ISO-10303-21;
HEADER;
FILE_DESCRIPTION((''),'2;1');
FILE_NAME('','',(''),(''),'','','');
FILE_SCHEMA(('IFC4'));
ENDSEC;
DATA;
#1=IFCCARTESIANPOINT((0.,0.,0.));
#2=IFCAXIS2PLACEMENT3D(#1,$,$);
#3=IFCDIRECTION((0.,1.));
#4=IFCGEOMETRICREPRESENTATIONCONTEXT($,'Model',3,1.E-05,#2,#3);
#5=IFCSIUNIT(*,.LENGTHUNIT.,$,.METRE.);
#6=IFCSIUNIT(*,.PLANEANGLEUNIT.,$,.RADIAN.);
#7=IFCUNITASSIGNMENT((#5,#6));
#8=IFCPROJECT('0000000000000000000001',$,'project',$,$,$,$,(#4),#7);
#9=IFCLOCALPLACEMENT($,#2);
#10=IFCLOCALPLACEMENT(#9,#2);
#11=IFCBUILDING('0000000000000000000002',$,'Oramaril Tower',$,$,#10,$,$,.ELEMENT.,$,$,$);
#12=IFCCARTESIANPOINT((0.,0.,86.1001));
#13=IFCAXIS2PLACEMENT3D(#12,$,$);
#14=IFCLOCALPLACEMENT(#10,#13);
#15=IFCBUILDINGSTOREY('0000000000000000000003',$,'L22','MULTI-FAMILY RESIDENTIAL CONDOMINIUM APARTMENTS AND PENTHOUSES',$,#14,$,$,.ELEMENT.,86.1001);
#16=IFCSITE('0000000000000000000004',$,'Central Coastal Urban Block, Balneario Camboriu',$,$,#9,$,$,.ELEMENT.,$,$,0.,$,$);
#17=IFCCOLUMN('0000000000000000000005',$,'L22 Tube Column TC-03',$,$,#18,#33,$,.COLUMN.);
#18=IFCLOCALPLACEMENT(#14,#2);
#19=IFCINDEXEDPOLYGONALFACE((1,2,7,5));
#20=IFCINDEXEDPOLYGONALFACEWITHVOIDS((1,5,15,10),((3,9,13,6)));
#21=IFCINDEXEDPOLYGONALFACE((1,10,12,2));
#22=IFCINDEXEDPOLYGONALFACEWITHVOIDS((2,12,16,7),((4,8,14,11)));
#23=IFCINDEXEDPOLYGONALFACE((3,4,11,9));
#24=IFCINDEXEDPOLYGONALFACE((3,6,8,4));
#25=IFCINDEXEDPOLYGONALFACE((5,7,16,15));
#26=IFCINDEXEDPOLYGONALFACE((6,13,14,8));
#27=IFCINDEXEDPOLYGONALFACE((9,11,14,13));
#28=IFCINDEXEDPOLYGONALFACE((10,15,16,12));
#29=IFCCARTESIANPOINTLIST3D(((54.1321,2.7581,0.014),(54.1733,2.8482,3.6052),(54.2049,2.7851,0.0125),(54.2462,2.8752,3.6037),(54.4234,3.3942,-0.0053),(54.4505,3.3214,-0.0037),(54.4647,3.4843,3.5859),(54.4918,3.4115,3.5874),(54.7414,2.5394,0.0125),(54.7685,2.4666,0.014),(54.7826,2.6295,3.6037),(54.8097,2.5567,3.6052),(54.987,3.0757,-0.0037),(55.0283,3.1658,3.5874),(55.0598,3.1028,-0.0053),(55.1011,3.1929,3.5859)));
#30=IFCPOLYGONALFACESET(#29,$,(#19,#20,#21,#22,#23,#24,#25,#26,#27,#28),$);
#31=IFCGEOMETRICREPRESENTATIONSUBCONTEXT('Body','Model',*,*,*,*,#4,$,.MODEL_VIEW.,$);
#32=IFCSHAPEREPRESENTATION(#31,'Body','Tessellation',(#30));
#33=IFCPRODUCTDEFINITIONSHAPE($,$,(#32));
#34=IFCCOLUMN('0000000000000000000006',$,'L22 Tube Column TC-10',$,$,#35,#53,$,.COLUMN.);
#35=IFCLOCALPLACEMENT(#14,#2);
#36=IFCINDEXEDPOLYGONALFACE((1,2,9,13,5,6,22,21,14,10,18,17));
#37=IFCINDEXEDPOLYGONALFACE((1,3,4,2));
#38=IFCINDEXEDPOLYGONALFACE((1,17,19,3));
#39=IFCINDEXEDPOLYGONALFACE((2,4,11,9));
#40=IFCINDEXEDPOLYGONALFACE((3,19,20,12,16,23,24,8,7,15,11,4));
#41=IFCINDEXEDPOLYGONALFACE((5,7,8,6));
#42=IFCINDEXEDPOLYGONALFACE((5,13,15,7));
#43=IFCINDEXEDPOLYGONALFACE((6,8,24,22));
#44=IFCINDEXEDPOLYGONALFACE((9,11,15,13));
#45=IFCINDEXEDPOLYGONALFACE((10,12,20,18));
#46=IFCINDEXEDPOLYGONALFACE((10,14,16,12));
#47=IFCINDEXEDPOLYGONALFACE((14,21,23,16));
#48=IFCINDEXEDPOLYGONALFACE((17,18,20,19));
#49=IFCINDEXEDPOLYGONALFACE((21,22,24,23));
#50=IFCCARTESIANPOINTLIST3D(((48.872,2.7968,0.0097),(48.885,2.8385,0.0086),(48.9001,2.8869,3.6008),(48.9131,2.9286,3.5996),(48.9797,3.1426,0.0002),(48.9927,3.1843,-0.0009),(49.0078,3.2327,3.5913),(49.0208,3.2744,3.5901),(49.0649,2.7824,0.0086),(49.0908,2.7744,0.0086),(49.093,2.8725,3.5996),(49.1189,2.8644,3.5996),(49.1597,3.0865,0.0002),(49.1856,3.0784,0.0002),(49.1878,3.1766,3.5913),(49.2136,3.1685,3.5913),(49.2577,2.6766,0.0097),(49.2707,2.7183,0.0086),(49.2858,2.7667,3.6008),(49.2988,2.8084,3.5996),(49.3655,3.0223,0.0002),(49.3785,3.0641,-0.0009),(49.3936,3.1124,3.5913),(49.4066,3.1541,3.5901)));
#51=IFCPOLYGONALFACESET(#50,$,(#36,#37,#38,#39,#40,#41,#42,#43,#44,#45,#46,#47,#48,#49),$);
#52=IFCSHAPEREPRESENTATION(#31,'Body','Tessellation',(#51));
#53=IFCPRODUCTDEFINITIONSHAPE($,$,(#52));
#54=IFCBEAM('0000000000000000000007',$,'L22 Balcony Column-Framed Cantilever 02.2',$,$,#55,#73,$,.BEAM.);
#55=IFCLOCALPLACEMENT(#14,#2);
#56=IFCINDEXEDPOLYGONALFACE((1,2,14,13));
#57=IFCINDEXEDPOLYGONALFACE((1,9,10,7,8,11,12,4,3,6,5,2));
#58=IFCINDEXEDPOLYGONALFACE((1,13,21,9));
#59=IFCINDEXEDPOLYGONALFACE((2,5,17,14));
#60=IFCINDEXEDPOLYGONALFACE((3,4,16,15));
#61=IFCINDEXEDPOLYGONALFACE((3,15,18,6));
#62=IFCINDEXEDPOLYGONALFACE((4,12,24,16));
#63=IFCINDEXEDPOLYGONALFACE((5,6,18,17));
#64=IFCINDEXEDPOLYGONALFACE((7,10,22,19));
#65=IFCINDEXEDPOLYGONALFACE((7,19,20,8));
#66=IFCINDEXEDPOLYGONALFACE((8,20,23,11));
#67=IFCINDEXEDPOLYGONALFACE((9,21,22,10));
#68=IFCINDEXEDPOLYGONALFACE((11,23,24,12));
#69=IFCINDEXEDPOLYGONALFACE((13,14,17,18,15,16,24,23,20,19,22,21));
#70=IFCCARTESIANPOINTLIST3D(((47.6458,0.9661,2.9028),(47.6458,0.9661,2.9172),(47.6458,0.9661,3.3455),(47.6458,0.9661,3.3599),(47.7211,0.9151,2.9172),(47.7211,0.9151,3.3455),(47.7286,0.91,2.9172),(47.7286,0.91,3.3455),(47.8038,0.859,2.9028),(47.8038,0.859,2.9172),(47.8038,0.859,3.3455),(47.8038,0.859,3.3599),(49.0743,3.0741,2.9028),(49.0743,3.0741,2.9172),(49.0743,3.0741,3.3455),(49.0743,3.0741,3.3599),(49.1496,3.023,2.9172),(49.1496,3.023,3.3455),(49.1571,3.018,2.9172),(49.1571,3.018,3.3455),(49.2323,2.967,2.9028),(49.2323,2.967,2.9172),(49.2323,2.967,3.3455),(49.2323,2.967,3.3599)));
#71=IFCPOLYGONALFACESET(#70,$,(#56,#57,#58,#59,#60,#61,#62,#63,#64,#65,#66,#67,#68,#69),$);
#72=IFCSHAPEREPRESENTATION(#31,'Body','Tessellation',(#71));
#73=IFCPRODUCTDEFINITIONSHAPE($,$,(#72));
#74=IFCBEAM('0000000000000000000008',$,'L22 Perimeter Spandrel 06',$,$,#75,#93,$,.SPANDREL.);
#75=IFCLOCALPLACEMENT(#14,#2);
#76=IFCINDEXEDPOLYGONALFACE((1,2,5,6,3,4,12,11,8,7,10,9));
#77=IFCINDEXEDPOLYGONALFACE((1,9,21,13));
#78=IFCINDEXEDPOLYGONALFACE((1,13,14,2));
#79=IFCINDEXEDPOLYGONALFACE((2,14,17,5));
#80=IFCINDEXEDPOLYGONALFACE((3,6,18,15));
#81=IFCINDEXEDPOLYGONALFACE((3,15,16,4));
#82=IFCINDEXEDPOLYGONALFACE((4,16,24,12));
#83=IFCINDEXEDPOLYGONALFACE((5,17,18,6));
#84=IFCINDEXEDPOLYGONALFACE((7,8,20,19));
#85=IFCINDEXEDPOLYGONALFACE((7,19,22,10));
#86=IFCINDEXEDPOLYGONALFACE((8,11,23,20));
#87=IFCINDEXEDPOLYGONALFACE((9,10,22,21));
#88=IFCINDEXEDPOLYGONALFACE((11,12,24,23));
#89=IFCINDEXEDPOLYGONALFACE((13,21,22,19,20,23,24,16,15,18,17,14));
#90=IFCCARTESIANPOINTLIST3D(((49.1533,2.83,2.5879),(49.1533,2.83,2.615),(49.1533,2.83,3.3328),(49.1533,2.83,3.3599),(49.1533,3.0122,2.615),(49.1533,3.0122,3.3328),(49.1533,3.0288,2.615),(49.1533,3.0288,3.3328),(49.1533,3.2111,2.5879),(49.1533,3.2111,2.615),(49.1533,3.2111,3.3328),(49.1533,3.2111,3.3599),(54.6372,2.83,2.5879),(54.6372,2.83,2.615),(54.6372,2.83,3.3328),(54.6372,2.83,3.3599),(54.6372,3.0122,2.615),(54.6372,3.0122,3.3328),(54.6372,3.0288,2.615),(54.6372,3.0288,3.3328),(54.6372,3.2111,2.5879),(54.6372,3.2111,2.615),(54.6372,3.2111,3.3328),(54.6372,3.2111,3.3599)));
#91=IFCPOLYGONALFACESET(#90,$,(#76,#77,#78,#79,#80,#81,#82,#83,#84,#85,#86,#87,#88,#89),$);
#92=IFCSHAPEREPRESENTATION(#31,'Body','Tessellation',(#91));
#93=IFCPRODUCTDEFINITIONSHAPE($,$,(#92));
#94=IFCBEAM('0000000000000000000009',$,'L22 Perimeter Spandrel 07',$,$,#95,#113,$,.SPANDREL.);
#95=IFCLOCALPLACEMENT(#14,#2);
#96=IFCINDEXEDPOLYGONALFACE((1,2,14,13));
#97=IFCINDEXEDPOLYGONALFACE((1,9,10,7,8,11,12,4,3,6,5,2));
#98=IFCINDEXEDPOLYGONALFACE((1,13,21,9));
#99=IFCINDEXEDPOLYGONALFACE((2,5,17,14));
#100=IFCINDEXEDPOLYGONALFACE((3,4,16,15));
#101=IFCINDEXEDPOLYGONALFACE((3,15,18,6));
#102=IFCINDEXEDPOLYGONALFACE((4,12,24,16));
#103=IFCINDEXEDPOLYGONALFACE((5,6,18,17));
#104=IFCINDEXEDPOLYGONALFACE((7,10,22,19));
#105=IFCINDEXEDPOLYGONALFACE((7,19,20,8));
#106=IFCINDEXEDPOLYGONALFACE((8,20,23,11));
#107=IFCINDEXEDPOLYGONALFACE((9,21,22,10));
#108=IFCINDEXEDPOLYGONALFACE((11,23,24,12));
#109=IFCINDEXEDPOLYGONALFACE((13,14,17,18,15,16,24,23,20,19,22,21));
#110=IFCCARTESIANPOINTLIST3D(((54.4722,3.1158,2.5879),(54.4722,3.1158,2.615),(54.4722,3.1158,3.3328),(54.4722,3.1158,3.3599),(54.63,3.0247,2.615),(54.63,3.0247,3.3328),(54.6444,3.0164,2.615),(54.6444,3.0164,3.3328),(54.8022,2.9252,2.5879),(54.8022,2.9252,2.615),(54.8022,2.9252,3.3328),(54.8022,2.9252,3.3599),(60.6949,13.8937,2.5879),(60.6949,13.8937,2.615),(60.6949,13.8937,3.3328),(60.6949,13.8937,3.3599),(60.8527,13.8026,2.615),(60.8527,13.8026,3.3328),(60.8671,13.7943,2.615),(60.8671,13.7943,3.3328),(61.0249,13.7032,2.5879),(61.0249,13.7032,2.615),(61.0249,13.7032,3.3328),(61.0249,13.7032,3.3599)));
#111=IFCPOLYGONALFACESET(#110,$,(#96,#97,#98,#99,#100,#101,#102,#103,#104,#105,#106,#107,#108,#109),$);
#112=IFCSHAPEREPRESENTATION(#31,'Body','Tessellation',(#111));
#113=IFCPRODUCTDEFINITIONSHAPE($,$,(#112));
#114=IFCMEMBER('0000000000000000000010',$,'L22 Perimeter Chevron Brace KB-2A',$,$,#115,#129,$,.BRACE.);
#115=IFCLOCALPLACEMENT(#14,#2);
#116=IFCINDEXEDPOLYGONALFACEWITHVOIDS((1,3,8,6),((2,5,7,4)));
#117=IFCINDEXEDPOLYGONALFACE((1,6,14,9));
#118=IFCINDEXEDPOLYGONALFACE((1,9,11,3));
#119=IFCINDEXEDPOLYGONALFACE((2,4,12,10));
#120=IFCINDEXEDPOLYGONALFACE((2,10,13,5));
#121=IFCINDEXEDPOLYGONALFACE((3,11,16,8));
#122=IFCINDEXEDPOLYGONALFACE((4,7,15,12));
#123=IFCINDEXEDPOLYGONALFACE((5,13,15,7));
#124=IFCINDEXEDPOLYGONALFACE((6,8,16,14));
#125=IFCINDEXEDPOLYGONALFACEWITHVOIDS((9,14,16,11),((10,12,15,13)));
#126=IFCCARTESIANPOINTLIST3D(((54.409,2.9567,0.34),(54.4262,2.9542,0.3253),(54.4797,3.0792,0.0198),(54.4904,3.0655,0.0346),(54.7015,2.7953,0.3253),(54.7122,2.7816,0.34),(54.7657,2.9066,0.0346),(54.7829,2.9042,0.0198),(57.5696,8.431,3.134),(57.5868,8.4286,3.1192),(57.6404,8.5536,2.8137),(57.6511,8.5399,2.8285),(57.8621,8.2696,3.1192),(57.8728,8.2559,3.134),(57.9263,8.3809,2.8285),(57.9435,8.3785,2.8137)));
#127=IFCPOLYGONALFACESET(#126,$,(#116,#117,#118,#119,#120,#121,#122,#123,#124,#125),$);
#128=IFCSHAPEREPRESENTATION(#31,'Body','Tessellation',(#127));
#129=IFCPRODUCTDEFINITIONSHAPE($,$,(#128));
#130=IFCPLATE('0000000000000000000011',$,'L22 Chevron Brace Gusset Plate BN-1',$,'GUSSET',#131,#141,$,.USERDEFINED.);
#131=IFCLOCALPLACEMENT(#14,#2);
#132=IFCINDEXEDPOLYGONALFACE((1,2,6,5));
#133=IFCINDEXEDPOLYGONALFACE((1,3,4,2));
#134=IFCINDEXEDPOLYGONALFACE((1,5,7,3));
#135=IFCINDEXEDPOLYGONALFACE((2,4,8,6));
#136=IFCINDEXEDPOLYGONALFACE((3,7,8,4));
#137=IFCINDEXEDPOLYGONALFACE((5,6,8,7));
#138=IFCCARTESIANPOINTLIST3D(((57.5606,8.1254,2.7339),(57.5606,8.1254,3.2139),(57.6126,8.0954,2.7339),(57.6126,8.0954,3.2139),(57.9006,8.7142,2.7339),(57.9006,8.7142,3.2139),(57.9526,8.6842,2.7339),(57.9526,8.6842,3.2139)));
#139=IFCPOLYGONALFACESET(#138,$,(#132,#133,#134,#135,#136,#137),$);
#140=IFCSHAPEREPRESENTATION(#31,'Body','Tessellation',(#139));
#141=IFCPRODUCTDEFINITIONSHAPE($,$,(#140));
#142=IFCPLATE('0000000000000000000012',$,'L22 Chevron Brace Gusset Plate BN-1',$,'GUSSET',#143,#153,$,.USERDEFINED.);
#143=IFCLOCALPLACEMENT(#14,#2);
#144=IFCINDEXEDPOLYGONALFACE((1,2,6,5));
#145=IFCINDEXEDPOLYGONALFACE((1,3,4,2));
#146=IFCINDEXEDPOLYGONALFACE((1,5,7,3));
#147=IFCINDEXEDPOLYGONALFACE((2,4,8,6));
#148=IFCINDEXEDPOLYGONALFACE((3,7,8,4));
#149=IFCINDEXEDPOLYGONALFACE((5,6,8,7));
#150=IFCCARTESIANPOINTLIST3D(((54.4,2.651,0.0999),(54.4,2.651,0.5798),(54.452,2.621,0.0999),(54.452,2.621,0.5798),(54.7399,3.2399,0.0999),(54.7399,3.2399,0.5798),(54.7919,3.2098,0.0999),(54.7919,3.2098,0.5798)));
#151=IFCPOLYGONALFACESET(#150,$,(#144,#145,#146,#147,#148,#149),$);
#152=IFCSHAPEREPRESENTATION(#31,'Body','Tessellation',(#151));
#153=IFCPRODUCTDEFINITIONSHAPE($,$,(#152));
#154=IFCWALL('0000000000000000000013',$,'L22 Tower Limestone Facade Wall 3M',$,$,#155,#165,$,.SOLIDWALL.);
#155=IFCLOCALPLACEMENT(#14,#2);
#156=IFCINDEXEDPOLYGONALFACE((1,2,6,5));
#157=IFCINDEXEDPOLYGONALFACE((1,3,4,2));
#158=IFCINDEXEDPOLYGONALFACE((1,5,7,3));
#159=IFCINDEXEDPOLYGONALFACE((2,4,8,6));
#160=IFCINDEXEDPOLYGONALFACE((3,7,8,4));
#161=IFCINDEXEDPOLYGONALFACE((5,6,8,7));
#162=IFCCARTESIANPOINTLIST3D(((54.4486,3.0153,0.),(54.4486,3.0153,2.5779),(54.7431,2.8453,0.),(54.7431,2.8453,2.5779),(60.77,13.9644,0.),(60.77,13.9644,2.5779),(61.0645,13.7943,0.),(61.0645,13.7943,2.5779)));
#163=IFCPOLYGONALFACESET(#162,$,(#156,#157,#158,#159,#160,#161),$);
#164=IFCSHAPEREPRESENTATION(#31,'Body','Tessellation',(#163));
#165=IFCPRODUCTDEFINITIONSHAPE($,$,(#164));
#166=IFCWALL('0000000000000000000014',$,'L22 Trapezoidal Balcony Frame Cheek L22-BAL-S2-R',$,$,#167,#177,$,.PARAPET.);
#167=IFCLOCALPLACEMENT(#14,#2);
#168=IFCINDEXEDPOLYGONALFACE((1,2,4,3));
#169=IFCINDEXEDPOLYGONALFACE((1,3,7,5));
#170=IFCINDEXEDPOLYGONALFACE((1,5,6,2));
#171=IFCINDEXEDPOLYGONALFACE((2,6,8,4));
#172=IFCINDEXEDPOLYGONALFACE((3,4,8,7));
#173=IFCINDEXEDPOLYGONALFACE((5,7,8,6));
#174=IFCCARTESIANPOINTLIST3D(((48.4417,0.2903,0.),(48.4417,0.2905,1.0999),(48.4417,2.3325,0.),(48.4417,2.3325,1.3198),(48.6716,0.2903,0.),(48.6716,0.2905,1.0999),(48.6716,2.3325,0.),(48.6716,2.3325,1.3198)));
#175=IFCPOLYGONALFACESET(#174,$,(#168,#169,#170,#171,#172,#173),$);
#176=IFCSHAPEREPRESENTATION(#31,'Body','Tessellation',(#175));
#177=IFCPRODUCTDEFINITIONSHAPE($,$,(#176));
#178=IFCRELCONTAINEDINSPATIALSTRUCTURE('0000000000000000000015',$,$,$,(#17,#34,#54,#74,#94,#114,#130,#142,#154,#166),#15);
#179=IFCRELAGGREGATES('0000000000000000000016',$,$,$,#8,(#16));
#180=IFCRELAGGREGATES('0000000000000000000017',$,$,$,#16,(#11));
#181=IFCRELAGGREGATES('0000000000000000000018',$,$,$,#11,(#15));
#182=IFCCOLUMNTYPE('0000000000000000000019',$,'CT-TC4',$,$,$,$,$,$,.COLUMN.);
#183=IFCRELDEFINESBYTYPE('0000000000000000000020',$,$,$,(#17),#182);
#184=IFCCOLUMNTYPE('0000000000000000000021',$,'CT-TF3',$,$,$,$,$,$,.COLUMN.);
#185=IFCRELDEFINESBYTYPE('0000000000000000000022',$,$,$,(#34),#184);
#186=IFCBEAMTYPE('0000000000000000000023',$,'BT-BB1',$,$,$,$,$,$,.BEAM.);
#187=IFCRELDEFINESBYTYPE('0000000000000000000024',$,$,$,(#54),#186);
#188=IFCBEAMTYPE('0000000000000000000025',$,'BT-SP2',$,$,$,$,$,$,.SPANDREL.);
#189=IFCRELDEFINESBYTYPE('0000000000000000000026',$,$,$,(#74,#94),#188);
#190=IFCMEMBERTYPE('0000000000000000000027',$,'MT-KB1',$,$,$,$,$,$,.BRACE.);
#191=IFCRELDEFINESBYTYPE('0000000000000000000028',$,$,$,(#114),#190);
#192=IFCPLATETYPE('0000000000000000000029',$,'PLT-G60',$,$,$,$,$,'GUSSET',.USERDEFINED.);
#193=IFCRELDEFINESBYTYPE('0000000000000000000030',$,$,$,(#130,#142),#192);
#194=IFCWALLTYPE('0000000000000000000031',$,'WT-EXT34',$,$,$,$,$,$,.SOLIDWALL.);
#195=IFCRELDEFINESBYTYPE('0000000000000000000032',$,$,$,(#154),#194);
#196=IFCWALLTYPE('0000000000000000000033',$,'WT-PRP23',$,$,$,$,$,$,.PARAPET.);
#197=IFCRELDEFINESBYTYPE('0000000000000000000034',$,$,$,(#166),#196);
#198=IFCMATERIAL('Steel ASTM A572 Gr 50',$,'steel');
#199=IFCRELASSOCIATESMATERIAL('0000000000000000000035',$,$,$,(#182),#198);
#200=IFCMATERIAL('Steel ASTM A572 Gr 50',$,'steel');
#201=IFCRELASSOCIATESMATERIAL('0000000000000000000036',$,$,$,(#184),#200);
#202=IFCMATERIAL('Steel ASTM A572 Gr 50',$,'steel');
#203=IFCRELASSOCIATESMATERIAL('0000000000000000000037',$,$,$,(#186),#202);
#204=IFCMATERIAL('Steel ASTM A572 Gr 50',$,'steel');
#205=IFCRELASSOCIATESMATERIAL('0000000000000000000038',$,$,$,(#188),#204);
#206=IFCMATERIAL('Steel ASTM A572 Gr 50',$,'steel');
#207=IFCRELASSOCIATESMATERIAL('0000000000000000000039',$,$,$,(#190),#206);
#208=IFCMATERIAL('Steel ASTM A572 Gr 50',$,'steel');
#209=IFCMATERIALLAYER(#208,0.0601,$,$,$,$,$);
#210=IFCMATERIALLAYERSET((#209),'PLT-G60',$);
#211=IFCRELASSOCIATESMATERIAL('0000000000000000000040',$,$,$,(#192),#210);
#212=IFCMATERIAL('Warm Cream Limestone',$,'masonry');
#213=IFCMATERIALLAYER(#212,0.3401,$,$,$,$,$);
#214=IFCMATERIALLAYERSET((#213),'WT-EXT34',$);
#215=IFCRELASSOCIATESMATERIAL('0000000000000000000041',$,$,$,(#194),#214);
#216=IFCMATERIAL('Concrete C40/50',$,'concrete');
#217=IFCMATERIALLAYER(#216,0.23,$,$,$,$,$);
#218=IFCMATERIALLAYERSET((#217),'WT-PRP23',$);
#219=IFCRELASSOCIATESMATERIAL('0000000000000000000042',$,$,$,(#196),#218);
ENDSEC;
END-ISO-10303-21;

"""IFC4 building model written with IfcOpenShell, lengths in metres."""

from ifc_helpers import new_model, si_unit, direction, frame, frame_2d, origin, origin_2d, place, context, subcontext, project, spatial, polyline, rectangle, hollow_rectangle, i_section, outline, extrude, material, layer, layer_set, material_profile, profile_set, type_object, element, save


model = new_model("IFC4")

# Units and contexts
model_context = context("Model", 3, precision=1e-05, world=origin(), true_north=direction((0.0, 1.0)))
body_context = subcontext(model_context, "Body", "Model", "MODEL_VIEW")
ifc_project = project(units=[si_unit("LENGTHUNIT", "METRE"), si_unit("PLANEANGLEUNIT", "RADIAN")], contexts=[model_context])

# Site, building, storey
site_placement = place(None, origin())
site = spatial("IfcSite", under=ifc_project, at=site_placement, Name="Central Coastal Urban Block, Balneario Camboriu", CompositionType="ELEMENT", RefElevation=0.0)
building_placement = place(site_placement, origin())
building = spatial("IfcBuilding", under=site, at=building_placement, Name="Oramaril Tower", CompositionType="ELEMENT")
storey_placement = place(building_placement, frame((0.0, 0.0, 86.1001)))
storey = spatial("IfcBuildingStorey", under=building, at=storey_placement, Name="L22", Description="MULTI-FAMILY RESIDENTIAL CONDOMINIUM APARTMENTS AND PENTHOUSES", CompositionType="ELEMENT", Elevation=86.1001)

# Columns
ifc_material_1 = material(Name="Steel ASTM A572 Gr 50", Category="steel")
ifc_material_profile_1 = material_profile(ifc_material_1, hollow_rectangle(XDim=0.7, YDim=0.7, WallThickness=0.0549, at=origin_2d()), Name="BOX700X700X55")
ifc_profile_set_1 = profile_set([ifc_material_profile_1], Name="Steel ASTM A572 Gr 50")
column_type_1 = type_object("IfcColumnType", Name="CT-TC4", PredefinedType="COLUMN", material=ifc_profile_set_1)
column_1_placement = place(storey_placement, frame((54.5959, 2.9304, 0.0044), z_axis=(0.011485, 0.025077, 0.99962), x_axis=(-0.909181, 0.4164, 0.0)))
element("IfcColumn", 1, at=column_1_placement, inside=storey, type_object=column_type_1, Name="L22 Tube Column TC-03", PredefinedType="COLUMN", context=body_context, shape_type="SweptSolid", body=[
    extrude(hollow_rectangle(XDim=0.7, YDim=0.7, WallThickness=0.0549, at=origin_2d()), origin(), (0.0, 0.0, 1.0), 3.5925),
])
ifc_material_2 = material(Name="Steel ASTM A572 Gr 50", Category="steel")
ifc_material_profile_2 = material_profile(ifc_material_2, i_section(OverallWidth=0.4041, OverallDepth=0.406, WebThickness=0.0271, FlangeThickness=0.0437, at=origin_2d()), Name="W14X233")
ifc_profile_set_2 = profile_set([ifc_material_profile_2], Name="Steel ASTM A572 Gr 50")
column_type_2 = type_object("IfcColumnType", Name="CT-TF3", PredefinedType="COLUMN", material=ifc_profile_set_2)
column_2_placement = place(storey_placement, frame((49.1252, 2.9304, 0.0044), z_axis=(0.007816, 0.025078, 0.999655), x_axis=(-0.95471, 0.297538, 0.0)))
element("IfcColumn", 2, at=column_2_placement, inside=storey, type_object=column_type_2, Name="L22 Tube Column TC-10", PredefinedType="COLUMN", context=body_context, shape_type="SweptSolid", body=[
    extrude(i_section(OverallWidth=0.4041, OverallDepth=0.406, WebThickness=0.0271, FlangeThickness=0.0437, at=origin_2d()), origin(), (0.0, 0.0, 1.0), 3.5923),
])

# Beams
ifc_material_3 = material(Name="Steel ASTM A572 Gr 50", Category="steel")
ifc_material_profile_3 = material_profile(ifc_material_3, i_section(OverallWidth=0.1909, OverallDepth=0.457, WebThickness=0.009, FlangeThickness=0.0144, at=origin_2d()), Name="W18X50")
ifc_profile_set_3 = profile_set([ifc_material_profile_3], Name="Steel ASTM A572 Gr 50")
beam_type_1 = type_object("IfcBeamType", Name="BT-BB1", PredefinedType="BEAM", material=ifc_profile_set_3)
beam_1_placement = place(storey_placement, frame((49.1533, 3.0205, 3.1313), z_axis=(-0.56099, -0.827822, 0.0), x_axis=(0.827822, -0.56099, 0.0)))
element("IfcBeam", 3, at=beam_1_placement, inside=storey, type_object=beam_type_1, Name="L22 Balcony Column-Framed Cantilever 02.2", PredefinedType="BEAM", context=body_context, shape_type="SweptSolid", body=[
    extrude(i_section(OverallWidth=0.1909, OverallDepth=0.457, WebThickness=0.009, FlangeThickness=0.0144, at=origin_2d()), origin(), (0.0, 0.0, 1.0), 2.5464),
])
ifc_material_4 = material(Name="Steel ASTM A572 Gr 50", Category="steel")
ifc_material_profile_4 = material_profile(ifc_material_4, i_section(OverallWidth=0.3811, OverallDepth=0.772, WebThickness=0.0166, FlangeThickness=0.0271, at=origin_2d()), Name="W30X173")
ifc_profile_set_4 = profile_set([ifc_material_profile_4], Name="Steel ASTM A572 Gr 50")
beam_type_2 = type_object("IfcBeamType", Name="BT-SP2", PredefinedType="SPANDREL", material=ifc_profile_set_4)
beam_2_placement = place(storey_placement, frame((49.1533, 3.0205, 2.9739), z_axis=(1.0, 0.0, 0.0), x_axis=(0.0, 1.0, 0.0)))
element("IfcBeam", 4, at=beam_2_placement, inside=storey, type_object=beam_type_2, Name="L22 Perimeter Spandrel 06", PredefinedType="SPANDREL", context=body_context, shape_type="SweptSolid", body=[
    extrude(i_section(OverallWidth=0.3811, OverallDepth=0.772, WebThickness=0.0166, FlangeThickness=0.0271, at=origin_2d()), origin(), (0.0, 0.0, 1.0), 5.4839),
])
beam_3_placement = place(storey_placement, frame((54.6372, 3.0205, 2.9739), z_axis=(0.500004, 0.866023, 0.0), x_axis=(-0.866023, 0.500004, 0.0)))
element("IfcBeam", 5, at=beam_3_placement, inside=storey, type_object=beam_type_2, Name="L22 Perimeter Spandrel 07", PredefinedType="SPANDREL", context=body_context, shape_type="SweptSolid", body=[
    extrude(i_section(OverallWidth=0.3811, OverallDepth=0.772, WebThickness=0.0166, FlangeThickness=0.0271, at=origin_2d()), origin(), (0.0, 0.0, 1.0), 12.4453),
])

# Member
ifc_material_5 = material(Name="Steel ASTM A572 Gr 50", Category="steel")
ifc_material_profile_5 = material_profile(ifc_material_5, hollow_rectangle(XDim=0.3501, YDim=0.3501, WallThickness=0.0161, at=origin_2d()), Name="HSS350X350X16")
ifc_profile_set_5 = profile_set([ifc_material_profile_5], Name="Steel ASTM A572 Gr 50")
member_type = type_object("IfcMemberType", Name="MT-KB1", PredefinedType="BRACE", material=ifc_profile_set_5)
member_placement = place(storey_placement, frame((54.5959, 2.9304, 0.1799), z_axis=(0.457323, 0.792102, 0.404264), x_axis=(-0.866024, 0.500002, 0.0)))
element("IfcMember", 6, at=member_placement, inside=storey, type_object=member_type, Name="L22 Perimeter Chevron Brace KB-2A", PredefinedType="BRACE", context=body_context, shape_type="SweptSolid", body=[
    extrude(hollow_rectangle(XDim=0.3501, YDim=0.3501, WallThickness=0.0161, at=origin_2d()), origin(), (0.0, 0.0, 1.0), 6.9111),
])

# Plates
ifc_material_6 = material(Name="Steel ASTM A572 Gr 50", Category="steel")
ifc_layer_1 = layer(ifc_material_6, 0.0601)
ifc_layer_set_1 = layer_set([ifc_layer_1], Name="PLT-G60")
plate_type = type_object("IfcPlateType", Name="PLT-G60", ElementType="GUSSET", PredefinedType="USERDEFINED", material=ifc_layer_set_1)
for number, where, z_axis, x_axis, name in (
    (7, (57.7566, 8.4048, 2.7339), (0.0, 0.0, 1.0), (0.499997, 0.866027, 0.0), "L22 Chevron Brace Gusset Plate BN-1"),
    (8, (54.5959, 2.9304, 0.0999), (0.0, 0.0, 1.0), (0.499997, 0.866027, 0.0), "L22 Chevron Brace Gusset Plate BN-1"),
):
    element("IfcPlate", number, at=place(storey_placement, frame(where, z_axis=z_axis, x_axis=x_axis)), inside=storey, type_object=plate_type, Name=name, ObjectType="GUSSET", PredefinedType="USERDEFINED", context=body_context, shape_type="SweptSolid", body=[
        extrude(rectangle(XDim=0.6799, YDim=0.0601, at=origin_2d()), origin(), (0.0, 0.0, 1.0), 0.48),
    ])

# Walls
ifc_material_7 = material(Name="Warm Cream Limestone", Category="masonry")
ifc_layer_2 = layer(ifc_material_7, 0.3401)
ifc_layer_set_2 = layer_set([ifc_layer_2], Name="WT-EXT34")
wall_type_1 = type_object("IfcWallType", Name="WT-EXT34", PredefinedType="SOLIDWALL", material=ifc_layer_set_2)
wall_1_placement = place(storey_placement, frame((54.5959, 2.9304, 0.0), z_axis=(0.0, 0.0, 1.0), x_axis=(0.499994, 0.866029, 0.0)))
element("IfcWall", 9, at=wall_1_placement, inside=storey, type_object=wall_type_1, Name="L22 Tower Limestone Facade Wall 3M", PredefinedType="SOLIDWALL", context=body_context, shape_type="SweptSolid", body=[
    extrude(rectangle(XDim=12.6428, YDim=0.3401, at=frame_2d((6.3213, 0.0))), origin(), (0.0, 0.0, 1.0), 2.5779),
])
ifc_material_8 = material(Name="Concrete C40/50", Category="concrete")
ifc_layer_3 = layer(ifc_material_8, 0.23)
ifc_layer_set_3 = layer_set([ifc_layer_3], Name="WT-PRP23")
wall_type_2 = type_object("IfcWallType", Name="WT-PRP23", PredefinedType="PARAPET", material=ifc_layer_set_3)
wall_2_placement = place(storey_placement, frame((48.5566, 2.3325, 0.0), z_axis=(0.0, 0.0, 1.0), x_axis=(0.0, -1.0, 0.0)))
element("IfcWall", 10, at=wall_2_placement, inside=storey, type_object=wall_type_2, Name="L22 Trapezoidal Balcony Frame Cheek L22-BAL-S2-R", PredefinedType="PARAPET", context=body_context, shape_type="SweptSolid", body=[
    extrude(outline(polyline([(0.0, 0.0), (2.0422, 0.0), (2.042, 1.0999), (0.0, 1.3198), (0.0, 0.0)])), frame((0.0, 0.115, 0.0), z_axis=(0.0, -1.0, 0.0), x_axis=(1.0, 0.0, 0.0)), (0.0, 0.0, 1.0), 0.23),
])

save(model, "model.ifc")
